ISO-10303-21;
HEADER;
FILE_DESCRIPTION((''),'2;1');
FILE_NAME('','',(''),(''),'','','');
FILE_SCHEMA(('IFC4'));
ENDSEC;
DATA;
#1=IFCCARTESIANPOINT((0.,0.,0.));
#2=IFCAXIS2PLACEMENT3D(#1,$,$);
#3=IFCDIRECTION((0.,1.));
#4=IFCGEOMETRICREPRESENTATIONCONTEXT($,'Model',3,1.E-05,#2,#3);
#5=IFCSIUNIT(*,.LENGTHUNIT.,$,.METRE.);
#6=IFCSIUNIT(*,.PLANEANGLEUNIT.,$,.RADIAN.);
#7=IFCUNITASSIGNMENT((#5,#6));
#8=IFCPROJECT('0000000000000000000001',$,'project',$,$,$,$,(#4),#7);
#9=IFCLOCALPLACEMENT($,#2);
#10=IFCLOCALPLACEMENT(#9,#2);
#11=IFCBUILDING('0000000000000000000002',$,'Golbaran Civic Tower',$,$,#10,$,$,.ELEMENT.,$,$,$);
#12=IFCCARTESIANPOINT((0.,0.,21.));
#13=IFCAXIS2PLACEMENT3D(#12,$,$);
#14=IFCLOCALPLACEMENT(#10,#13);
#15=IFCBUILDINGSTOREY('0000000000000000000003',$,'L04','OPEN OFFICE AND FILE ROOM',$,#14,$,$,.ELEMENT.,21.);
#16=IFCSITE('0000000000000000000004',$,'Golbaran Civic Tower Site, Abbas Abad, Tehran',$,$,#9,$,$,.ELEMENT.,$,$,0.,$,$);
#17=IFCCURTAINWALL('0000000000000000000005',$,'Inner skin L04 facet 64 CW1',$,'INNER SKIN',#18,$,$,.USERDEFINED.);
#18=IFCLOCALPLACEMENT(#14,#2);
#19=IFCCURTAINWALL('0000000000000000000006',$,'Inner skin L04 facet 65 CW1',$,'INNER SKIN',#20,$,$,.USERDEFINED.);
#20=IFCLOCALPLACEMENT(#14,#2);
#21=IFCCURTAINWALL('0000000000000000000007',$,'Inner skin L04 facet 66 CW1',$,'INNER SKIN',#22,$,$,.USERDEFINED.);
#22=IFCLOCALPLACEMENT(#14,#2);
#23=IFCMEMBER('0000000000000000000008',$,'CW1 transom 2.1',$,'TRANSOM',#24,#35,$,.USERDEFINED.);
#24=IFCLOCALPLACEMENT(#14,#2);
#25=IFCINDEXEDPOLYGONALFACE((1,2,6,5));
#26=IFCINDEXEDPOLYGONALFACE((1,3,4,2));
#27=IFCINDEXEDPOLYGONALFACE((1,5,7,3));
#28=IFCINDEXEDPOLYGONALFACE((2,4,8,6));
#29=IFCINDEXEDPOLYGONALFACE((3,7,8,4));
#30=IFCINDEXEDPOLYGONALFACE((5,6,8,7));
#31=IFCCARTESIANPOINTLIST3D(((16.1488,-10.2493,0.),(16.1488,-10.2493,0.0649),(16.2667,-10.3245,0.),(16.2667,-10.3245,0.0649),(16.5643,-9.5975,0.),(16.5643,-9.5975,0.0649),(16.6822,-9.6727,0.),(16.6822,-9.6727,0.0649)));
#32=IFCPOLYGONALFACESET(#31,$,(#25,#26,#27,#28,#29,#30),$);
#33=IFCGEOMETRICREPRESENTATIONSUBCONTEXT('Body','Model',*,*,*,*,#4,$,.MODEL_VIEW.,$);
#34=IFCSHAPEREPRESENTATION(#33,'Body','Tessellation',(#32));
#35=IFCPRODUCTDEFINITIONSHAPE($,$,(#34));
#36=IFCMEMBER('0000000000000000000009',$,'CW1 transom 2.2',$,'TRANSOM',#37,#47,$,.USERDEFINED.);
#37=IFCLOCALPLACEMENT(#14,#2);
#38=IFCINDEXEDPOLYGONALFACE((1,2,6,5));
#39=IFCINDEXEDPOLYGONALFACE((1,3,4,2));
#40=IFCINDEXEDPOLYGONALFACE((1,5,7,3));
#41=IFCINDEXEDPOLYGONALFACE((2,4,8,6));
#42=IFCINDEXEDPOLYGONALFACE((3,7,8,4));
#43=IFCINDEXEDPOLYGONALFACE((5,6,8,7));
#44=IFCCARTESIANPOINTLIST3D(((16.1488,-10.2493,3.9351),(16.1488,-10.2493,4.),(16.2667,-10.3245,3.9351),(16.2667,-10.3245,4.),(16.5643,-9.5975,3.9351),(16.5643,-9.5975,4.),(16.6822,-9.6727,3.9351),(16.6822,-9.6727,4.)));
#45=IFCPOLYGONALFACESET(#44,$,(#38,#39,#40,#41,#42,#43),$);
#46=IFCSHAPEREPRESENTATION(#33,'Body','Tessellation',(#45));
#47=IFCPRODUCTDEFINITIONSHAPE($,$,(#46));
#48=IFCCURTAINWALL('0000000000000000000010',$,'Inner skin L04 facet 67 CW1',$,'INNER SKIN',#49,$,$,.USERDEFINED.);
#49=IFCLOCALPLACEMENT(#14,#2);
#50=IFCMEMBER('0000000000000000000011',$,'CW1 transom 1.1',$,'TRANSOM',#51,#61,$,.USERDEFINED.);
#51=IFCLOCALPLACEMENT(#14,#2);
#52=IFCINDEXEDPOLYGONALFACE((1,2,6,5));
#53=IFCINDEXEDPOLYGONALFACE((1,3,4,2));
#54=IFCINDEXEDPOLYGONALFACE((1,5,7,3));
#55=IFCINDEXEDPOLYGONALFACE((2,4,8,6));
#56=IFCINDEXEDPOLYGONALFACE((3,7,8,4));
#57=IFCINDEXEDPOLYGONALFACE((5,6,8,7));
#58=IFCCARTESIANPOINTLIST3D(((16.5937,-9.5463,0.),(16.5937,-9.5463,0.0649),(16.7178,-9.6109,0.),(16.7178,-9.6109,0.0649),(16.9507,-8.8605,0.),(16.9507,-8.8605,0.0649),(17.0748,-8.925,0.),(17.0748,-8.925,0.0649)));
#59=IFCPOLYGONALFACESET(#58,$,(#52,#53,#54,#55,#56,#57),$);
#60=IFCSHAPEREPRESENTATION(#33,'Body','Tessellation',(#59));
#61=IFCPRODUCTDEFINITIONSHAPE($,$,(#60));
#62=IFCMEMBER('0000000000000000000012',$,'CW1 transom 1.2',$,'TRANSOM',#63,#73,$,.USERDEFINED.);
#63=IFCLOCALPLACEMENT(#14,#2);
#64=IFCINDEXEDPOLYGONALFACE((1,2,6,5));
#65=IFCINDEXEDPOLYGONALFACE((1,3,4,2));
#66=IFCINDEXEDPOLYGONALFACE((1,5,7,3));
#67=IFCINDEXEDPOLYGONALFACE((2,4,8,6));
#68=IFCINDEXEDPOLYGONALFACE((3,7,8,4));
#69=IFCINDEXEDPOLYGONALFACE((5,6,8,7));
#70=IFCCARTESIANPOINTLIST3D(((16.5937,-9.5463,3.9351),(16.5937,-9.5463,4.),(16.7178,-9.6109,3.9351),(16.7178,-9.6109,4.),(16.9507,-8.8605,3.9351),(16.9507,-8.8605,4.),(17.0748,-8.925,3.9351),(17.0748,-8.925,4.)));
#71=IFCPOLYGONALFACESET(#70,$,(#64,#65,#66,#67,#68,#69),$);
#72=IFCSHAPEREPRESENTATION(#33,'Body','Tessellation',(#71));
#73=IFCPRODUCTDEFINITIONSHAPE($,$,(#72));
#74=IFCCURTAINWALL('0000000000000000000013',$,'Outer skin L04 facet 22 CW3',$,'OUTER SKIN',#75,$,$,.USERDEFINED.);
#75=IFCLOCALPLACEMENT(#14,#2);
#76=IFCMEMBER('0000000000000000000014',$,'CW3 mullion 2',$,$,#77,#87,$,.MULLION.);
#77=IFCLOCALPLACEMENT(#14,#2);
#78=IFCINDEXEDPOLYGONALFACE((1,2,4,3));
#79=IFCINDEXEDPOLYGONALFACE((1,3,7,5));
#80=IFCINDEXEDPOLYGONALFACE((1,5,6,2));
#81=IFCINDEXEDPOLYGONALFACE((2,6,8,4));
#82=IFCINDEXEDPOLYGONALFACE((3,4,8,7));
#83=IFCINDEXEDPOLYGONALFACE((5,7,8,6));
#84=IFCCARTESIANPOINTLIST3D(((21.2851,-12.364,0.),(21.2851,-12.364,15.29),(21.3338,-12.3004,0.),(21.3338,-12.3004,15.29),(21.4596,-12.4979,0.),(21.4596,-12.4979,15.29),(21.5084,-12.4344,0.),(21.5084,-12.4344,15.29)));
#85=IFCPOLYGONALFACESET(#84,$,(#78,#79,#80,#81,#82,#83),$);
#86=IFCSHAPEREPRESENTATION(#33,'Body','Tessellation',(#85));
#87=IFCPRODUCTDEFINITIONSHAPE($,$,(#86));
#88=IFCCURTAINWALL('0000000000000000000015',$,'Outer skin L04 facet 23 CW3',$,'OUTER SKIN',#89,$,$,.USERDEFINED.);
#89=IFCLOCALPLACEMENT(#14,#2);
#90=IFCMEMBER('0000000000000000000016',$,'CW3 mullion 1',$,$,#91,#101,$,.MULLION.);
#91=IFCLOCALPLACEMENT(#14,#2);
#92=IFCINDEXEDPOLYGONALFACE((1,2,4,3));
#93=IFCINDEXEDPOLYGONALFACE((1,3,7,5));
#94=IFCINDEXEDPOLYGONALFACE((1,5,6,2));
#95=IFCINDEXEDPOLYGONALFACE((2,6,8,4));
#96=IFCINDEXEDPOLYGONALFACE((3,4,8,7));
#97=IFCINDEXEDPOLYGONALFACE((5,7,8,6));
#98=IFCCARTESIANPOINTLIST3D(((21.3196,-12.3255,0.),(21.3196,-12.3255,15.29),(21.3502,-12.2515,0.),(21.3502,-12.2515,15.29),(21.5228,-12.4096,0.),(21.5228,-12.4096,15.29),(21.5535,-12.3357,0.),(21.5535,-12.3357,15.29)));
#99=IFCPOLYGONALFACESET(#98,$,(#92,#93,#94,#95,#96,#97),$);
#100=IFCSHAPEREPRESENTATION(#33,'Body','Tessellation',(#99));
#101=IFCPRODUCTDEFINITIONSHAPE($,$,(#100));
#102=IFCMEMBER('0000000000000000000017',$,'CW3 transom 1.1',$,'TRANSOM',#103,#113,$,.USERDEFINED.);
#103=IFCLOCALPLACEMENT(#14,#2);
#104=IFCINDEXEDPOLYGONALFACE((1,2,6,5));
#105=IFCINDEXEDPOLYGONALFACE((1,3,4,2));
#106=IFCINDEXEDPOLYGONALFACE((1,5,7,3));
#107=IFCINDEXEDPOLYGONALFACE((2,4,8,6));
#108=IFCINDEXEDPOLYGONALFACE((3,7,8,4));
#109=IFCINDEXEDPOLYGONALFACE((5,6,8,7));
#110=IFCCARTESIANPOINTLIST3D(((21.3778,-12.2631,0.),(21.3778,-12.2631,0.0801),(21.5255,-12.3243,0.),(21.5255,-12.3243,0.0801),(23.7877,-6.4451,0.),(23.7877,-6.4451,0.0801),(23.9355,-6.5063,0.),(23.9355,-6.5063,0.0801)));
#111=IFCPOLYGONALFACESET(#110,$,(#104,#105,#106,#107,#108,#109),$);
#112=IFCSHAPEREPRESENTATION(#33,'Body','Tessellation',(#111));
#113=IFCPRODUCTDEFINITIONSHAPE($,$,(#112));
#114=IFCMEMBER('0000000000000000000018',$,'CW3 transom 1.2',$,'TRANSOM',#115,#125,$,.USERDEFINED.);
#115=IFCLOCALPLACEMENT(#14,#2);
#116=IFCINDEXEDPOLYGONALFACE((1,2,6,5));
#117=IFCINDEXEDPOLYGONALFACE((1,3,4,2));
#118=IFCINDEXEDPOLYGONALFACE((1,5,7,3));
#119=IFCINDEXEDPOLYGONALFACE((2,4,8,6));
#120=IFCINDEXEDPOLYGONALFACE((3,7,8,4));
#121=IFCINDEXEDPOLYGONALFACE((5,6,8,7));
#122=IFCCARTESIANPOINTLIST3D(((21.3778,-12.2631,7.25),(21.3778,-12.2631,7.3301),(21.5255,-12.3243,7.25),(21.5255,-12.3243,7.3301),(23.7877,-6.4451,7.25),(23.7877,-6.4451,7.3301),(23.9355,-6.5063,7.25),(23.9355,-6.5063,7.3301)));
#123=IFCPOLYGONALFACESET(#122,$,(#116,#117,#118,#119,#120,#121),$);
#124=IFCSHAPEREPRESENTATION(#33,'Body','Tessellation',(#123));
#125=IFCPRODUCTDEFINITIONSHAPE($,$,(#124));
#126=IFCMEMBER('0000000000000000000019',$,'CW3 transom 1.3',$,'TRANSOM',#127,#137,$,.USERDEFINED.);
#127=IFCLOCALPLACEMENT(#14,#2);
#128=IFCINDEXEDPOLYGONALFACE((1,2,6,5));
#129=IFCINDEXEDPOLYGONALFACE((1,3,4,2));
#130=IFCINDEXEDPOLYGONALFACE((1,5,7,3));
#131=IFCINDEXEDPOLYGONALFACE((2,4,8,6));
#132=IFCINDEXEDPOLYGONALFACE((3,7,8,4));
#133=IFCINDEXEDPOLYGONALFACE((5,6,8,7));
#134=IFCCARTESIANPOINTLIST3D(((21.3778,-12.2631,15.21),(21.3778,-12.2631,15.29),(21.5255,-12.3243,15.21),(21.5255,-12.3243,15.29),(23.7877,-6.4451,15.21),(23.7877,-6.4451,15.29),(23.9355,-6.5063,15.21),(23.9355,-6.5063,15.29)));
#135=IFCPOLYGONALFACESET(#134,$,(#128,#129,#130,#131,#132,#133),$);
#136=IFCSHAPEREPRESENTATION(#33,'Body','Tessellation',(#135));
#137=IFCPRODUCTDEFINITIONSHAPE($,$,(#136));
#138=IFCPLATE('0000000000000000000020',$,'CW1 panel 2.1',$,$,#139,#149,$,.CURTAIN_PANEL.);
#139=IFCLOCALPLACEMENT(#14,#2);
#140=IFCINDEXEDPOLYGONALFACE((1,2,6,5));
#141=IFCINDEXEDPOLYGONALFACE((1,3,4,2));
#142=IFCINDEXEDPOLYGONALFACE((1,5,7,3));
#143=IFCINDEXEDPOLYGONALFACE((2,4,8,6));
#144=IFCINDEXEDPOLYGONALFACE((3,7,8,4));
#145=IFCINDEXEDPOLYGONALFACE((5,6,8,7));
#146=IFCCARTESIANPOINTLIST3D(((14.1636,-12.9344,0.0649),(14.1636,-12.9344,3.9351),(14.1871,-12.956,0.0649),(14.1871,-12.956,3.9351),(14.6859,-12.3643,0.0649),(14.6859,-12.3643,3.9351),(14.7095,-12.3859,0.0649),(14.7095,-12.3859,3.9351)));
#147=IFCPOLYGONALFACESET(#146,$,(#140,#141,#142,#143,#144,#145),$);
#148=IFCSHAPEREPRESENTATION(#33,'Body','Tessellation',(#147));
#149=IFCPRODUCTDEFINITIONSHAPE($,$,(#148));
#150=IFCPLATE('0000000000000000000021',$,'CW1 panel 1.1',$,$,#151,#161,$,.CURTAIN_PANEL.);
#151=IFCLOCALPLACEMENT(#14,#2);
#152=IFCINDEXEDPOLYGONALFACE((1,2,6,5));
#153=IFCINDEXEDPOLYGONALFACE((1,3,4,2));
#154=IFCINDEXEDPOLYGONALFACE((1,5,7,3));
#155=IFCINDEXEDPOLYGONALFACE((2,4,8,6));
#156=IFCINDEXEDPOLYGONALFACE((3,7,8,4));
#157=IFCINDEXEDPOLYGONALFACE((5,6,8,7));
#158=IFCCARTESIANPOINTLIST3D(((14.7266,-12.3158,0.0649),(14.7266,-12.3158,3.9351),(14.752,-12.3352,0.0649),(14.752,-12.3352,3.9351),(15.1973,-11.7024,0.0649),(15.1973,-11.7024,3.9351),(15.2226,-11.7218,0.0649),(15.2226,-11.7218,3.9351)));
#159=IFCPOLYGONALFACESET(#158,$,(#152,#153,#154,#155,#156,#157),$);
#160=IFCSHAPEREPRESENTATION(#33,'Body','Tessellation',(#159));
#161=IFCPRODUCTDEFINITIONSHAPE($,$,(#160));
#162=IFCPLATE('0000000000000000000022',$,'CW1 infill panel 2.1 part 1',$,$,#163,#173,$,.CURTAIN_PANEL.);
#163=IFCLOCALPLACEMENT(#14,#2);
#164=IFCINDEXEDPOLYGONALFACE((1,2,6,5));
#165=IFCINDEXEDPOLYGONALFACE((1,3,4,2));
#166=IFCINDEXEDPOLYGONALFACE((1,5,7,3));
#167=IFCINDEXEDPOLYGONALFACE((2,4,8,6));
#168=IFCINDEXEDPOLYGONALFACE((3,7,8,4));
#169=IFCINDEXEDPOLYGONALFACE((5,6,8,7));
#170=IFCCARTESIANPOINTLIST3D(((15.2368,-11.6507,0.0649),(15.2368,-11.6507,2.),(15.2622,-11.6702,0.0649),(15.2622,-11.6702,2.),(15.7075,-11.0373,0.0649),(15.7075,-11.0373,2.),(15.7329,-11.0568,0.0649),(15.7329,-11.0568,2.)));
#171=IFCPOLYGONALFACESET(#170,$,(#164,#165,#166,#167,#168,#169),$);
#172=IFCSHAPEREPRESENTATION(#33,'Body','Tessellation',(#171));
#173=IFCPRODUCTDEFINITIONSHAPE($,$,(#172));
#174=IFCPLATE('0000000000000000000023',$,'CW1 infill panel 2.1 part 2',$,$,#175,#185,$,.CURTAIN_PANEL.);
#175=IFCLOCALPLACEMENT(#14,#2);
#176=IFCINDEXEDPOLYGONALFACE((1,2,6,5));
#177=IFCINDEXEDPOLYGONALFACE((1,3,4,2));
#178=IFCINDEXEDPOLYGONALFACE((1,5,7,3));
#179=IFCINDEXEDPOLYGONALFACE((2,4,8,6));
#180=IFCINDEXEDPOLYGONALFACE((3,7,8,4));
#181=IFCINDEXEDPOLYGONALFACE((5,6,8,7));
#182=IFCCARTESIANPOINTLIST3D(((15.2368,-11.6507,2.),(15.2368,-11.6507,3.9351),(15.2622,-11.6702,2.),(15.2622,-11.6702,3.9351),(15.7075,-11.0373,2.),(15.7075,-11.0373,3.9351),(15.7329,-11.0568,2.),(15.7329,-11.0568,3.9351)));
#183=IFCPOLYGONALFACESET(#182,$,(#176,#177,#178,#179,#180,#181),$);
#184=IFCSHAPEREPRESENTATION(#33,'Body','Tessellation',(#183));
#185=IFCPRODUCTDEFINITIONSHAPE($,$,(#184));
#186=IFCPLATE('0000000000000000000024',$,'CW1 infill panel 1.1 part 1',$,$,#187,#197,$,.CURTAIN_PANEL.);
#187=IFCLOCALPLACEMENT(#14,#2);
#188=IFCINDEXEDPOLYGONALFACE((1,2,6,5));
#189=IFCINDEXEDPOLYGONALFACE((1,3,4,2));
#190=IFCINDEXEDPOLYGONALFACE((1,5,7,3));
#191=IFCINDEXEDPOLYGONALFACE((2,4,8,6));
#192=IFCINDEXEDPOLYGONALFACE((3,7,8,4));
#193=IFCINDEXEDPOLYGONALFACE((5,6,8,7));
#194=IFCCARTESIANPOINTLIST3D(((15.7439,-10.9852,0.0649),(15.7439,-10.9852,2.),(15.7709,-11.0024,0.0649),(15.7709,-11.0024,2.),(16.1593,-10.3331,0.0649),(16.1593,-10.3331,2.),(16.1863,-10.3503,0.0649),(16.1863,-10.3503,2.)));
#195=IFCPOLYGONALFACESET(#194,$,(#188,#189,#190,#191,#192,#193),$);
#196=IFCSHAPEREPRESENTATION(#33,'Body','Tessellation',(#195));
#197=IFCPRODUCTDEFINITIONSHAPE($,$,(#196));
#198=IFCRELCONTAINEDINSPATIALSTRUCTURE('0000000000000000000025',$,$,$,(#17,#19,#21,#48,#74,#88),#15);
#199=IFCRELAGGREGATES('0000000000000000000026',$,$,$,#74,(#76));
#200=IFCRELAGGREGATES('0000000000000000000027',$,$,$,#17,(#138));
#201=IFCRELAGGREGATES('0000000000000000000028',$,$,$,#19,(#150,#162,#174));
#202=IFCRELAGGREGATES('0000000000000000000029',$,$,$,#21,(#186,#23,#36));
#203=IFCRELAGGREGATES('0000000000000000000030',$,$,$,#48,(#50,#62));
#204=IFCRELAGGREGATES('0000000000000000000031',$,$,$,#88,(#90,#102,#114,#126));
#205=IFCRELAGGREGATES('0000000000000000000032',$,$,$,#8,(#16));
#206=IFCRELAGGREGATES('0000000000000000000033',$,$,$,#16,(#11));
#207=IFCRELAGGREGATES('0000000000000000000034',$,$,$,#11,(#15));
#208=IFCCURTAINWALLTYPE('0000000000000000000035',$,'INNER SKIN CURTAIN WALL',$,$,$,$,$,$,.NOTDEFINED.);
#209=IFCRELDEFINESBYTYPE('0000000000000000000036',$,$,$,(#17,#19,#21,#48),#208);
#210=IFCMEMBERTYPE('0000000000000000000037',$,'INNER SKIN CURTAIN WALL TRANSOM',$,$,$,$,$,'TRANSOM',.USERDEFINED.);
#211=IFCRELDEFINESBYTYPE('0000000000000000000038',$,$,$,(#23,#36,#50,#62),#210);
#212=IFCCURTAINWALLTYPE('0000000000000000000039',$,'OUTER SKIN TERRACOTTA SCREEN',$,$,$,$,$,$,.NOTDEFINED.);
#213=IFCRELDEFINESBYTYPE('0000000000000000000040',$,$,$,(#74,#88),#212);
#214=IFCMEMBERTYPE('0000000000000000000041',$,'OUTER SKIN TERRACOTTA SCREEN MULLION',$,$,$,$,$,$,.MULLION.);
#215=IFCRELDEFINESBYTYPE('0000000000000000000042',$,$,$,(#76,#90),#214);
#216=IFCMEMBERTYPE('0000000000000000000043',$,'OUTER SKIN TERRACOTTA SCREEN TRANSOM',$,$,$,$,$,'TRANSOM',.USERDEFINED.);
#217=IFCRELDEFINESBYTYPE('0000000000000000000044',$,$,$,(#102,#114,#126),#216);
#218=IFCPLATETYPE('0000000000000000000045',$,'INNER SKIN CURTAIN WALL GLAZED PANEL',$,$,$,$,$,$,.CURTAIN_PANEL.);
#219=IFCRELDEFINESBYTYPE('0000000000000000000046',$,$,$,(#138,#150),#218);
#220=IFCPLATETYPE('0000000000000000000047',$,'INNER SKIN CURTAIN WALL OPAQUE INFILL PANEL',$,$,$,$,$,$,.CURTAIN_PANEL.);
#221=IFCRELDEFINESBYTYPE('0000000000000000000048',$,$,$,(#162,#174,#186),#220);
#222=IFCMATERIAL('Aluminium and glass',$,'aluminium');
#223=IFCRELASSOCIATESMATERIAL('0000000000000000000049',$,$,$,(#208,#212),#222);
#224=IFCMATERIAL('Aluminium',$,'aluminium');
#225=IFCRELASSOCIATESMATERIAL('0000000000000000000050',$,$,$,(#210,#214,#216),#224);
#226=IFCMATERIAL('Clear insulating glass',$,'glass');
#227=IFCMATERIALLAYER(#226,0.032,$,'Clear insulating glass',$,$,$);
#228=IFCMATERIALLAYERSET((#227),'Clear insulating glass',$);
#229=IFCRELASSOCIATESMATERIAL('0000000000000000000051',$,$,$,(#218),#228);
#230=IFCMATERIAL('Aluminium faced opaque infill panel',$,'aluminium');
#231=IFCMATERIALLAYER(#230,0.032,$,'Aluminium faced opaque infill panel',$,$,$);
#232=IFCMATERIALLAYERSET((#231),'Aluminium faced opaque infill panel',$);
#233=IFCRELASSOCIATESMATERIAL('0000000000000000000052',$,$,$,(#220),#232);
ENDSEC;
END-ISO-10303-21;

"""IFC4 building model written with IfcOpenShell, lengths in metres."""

from ifc_helpers import new_model, si_unit, direction, frame, origin, origin_2d, place, context, subcontext, project, spatial, rectangle, extrude, material, layer, layer_set, material_profile, profile_set, type_object, element, aggregate, save


model = new_model("IFC4")

# Units and contexts
model_context = context("Model", 3, precision=1e-05, world=origin(), true_north=direction((0.0, 1.0)))
body_context = subcontext(model_context, "Body", "Model", "MODEL_VIEW")
ifc_project = project(units=[si_unit("LENGTHUNIT", "METRE"), si_unit("PLANEANGLEUNIT", "RADIAN")], contexts=[model_context])

# Site, building, storey
site_placement = place(None, origin())
site = spatial("IfcSite", under=ifc_project, at=site_placement, Name="Golbaran Civic Tower Site, Abbas Abad, Tehran", CompositionType="ELEMENT", RefElevation=0.0)
building_placement = place(site_placement, origin())
building = spatial("IfcBuilding", under=site, at=building_placement, Name="Golbaran Civic Tower", CompositionType="ELEMENT")
storey_placement = place(building_placement, frame((0.0, 0.0, 21.0)))
storey = spatial("IfcBuildingStorey", under=building, at=storey_placement, Name="L04", Description="OPEN OFFICE AND FILE ROOM", CompositionType="ELEMENT", Elevation=21.0)

# Curtain wall
ifc_material_1 = material(Name="Aluminium and glass", Category="aluminium")
curtain_wall_type_1 = type_object("IfcCurtainWallType", Name="INNER SKIN CURTAIN WALL", PredefinedType="NOTDEFINED", material=ifc_material_1)
curtain_wall_1_placement = place(storey_placement, origin())
curtain_wall_1 = element("IfcCurtainWall", 1, at=curtain_wall_1_placement, inside=storey, type_object=curtain_wall_type_1, Name="Inner skin L04 facet 64 CW1", ObjectType="INNER SKIN", PredefinedType="USERDEFINED")
ifc_material_2 = material(Name="Aluminium", Category="aluminium")

# Curtain walls
curtain_wall_2_placement = place(storey_placement, origin())
curtain_wall_2 = element("IfcCurtainWall", 2, at=curtain_wall_2_placement, inside=storey, type_object=curtain_wall_type_1, Name="Inner skin L04 facet 65 CW1", ObjectType="INNER SKIN", PredefinedType="USERDEFINED")
curtain_wall_3_placement = place(storey_placement, origin())
curtain_wall_3 = element("IfcCurtainWall", 3, at=curtain_wall_3_placement, inside=storey, type_object=curtain_wall_type_1, Name="Inner skin L04 facet 66 CW1", ObjectType="INNER SKIN", PredefinedType="USERDEFINED")

# Members
ifc_material_profile_1 = material_profile(ifc_material_2, rectangle(XDim=0.1399, YDim=0.0649, at=origin_2d()), Name="INNER SKIN CURTAIN WALL TRANSOM")
ifc_profile_set_1 = profile_set([ifc_material_profile_1], Name="Aluminium")
member_type_1 = type_object("IfcMemberType", Name="INNER SKIN CURTAIN WALL TRANSOM", ElementType="TRANSOM", PredefinedType="USERDEFINED", material=ifc_profile_set_1)
member_1_placement = place(storey_placement, frame((16.2078, -10.2869, 0.0325), z_axis=(0.537529, 0.843245, 0.0), x_axis=(-0.843245, 0.537529, 0.0)))
member_1 = element("IfcMember", 4, at=member_1_placement, type_object=member_type_1, Name="CW1 transom 2.1", ObjectType="TRANSOM", PredefinedType="USERDEFINED", context=body_context, shape_type="SweptSolid", body=[
    extrude(rectangle(XDim=0.1399, YDim=0.0649, at=origin_2d()), origin(), (0.0, 0.0, 1.0), 0.7729),
])
member_2_placement = place(storey_placement, frame((16.2078, -10.2869, 3.9675), z_axis=(0.537529, 0.843245, 0.0), x_axis=(-0.843245, 0.537529, 0.0)))
member_2 = element("IfcMember", 5, at=member_2_placement, type_object=member_type_1, Name="CW1 transom 2.2", ObjectType="TRANSOM", PredefinedType="USERDEFINED", context=body_context, shape_type="SweptSolid", body=[
    extrude(rectangle(XDim=0.1399, YDim=0.0649, at=origin_2d()), origin(), (0.0, 0.0, 1.0), 0.7729),
])

# Curtain wall, members
curtain_wall_4_placement = place(storey_placement, origin())
curtain_wall_4 = element("IfcCurtainWall", 6, at=curtain_wall_4_placement, inside=storey, type_object=curtain_wall_type_1, Name="Inner skin L04 facet 67 CW1", ObjectType="INNER SKIN", PredefinedType="USERDEFINED")
member_3_placement = place(storey_placement, frame((16.6558, -9.5786, 0.0325), z_axis=(0.461681, 0.887046, 0.0), x_axis=(-0.887046, 0.461681, 0.0)))
member_3 = element("IfcMember", 7, at=member_3_placement, type_object=member_type_1, Name="CW1 transom 1.1", ObjectType="TRANSOM", PredefinedType="USERDEFINED", context=body_context, shape_type="SweptSolid", body=[
    extrude(rectangle(XDim=0.1399, YDim=0.0649, at=origin_2d()), origin(), (0.0, 0.0, 1.0), 0.7732),
])
member_4_placement = place(storey_placement, frame((16.6558, -9.5786, 3.9675), z_axis=(0.461681, 0.887046, 0.0), x_axis=(-0.887046, 0.461681, 0.0)))
member_4 = element("IfcMember", 8, at=member_4_placement, type_object=member_type_1, Name="CW1 transom 1.2", ObjectType="TRANSOM", PredefinedType="USERDEFINED", context=body_context, shape_type="SweptSolid", body=[
    extrude(rectangle(XDim=0.1399, YDim=0.0649, at=origin_2d()), origin(), (0.0, 0.0, 1.0), 0.7732),
])

# Curtain wall, member
curtain_wall_type_2 = type_object("IfcCurtainWallType", Name="OUTER SKIN TERRACOTTA SCREEN", PredefinedType="NOTDEFINED", material=ifc_material_1)
curtain_wall_5_placement = place(storey_placement, origin())
curtain_wall_5 = element("IfcCurtainWall", 9, at=curtain_wall_5_placement, inside=storey, type_object=curtain_wall_type_2, Name="Outer skin L04 facet 22 CW3", ObjectType="OUTER SKIN", PredefinedType="USERDEFINED")
ifc_material_profile_2 = material_profile(ifc_material_2, rectangle(XDim=0.22, YDim=0.0801, at=origin_2d()), Name="OUTER SKIN TERRACOTTA SCREEN MULLION")
ifc_profile_set_2 = profile_set([ifc_material_profile_2], Name="Aluminium")
member_type_2 = type_object("IfcMemberType", Name="OUTER SKIN TERRACOTTA SCREEN MULLION", PredefinedType="MULLION", material=ifc_profile_set_2)
member_5_placement = place(storey_placement, frame((21.3967, -12.3992, 0.0), z_axis=(0.0, 0.0, 1.0), x_axis=(-0.793353, 0.608761, 0.0)))
member_5 = element("IfcMember", 10, at=member_5_placement, type_object=member_type_2, Name="CW3 mullion 2", PredefinedType="MULLION", context=body_context, shape_type="SweptSolid", body=[
    extrude(rectangle(XDim=0.22, YDim=0.0801, at=origin_2d()), origin(), (0.0, 0.0, 1.0), 15.29),
])
aggregate(curtain_wall_5, [member_5])

# Curtain wall, members
curtain_wall_6_placement = place(storey_placement, origin())
curtain_wall_6 = element("IfcCurtainWall", 11, at=curtain_wall_6_placement, inside=storey, type_object=curtain_wall_type_2, Name="Outer skin L04 facet 23 CW3", ObjectType="OUTER SKIN", PredefinedType="USERDEFINED")
member_6_placement = place(storey_placement, frame((21.4365, -12.3306, 0.0), z_axis=(0.0, 0.0, 1.0), x_axis=(-0.92388, 0.382683, 0.0)))
member_6 = element("IfcMember", 12, at=member_6_placement, type_object=member_type_2, Name="CW3 mullion 1", PredefinedType="MULLION", context=body_context, shape_type="SweptSolid", body=[
    extrude(rectangle(XDim=0.22, YDim=0.0801, at=origin_2d()), origin(), (0.0, 0.0, 1.0), 15.29),
])
ifc_material_profile_3 = material_profile(ifc_material_2, rectangle(XDim=0.1599, YDim=0.0801, at=origin_2d()), Name="OUTER SKIN TERRACOTTA SCREEN TRANSOM")
ifc_profile_set_3 = profile_set([ifc_material_profile_3], Name="Aluminium")
member_type_3 = type_object("IfcMemberType", Name="OUTER SKIN TERRACOTTA SCREEN TRANSOM", ElementType="TRANSOM", PredefinedType="USERDEFINED", material=ifc_profile_set_3)
member_7_placement = place(storey_placement, frame((21.4517, -12.2937, 0.04), z_axis=(0.382693, 0.923876, 0.0), x_axis=(-0.923876, 0.382693, 0.0)))
member_7 = element("IfcMember", 13, at=member_7_placement, type_object=member_type_3, Name="CW3 transom 1.1", ObjectType="TRANSOM", PredefinedType="USERDEFINED", context=body_context, shape_type="SweptSolid", body=[
    extrude(rectangle(XDim=0.1599, YDim=0.0801, at=origin_2d()), origin(), (0.0, 0.0, 1.0), 6.2974),
])
member_8_placement = place(storey_placement, frame((21.4517, -12.2937, 7.29), z_axis=(0.382693, 0.923876, 0.0), x_axis=(-0.923876, 0.382693, 0.0)))
member_8 = element("IfcMember", 14, at=member_8_placement, type_object=member_type_3, Name="CW3 transom 1.2", ObjectType="TRANSOM", PredefinedType="USERDEFINED", context=body_context, shape_type="SweptSolid", body=[
    extrude(rectangle(XDim=0.1599, YDim=0.0801, at=origin_2d()), origin(), (0.0, 0.0, 1.0), 6.2974),
])
member_9_placement = place(storey_placement, frame((21.4517, -12.2937, 15.25), z_axis=(0.382693, 0.923876, 0.0), x_axis=(-0.923876, 0.382693, 0.0)))
member_9 = element("IfcMember", 15, at=member_9_placement, type_object=member_type_3, Name="CW3 transom 1.3", ObjectType="TRANSOM", PredefinedType="USERDEFINED", context=body_context, shape_type="SweptSolid", body=[
    extrude(rectangle(XDim=0.1599, YDim=0.0801, at=origin_2d()), origin(), (0.0, 0.0, 1.0), 6.2974),
])

# Plates
ifc_material_3 = material(Name="Clear insulating glass", Category="glass")
ifc_layer_1 = layer(ifc_material_3, 0.032, Name="Clear insulating glass")
ifc_layer_set_1 = layer_set([ifc_layer_1], Name="Clear insulating glass")
plate_type_1 = type_object("IfcPlateType", Name="INNER SKIN CURTAIN WALL GLAZED PANEL", PredefinedType="CURTAIN_PANEL", material=ifc_layer_set_1)
plate_1_placement = place(storey_placement, frame((14.4365, -12.6602, 0.0649), z_axis=(0.0, 0.0, 1.0), x_axis=(0.67559, 0.737277, 0.0)))
plate_1 = element("IfcPlate", 16, at=plate_1_placement, type_object=plate_type_1, Name="CW1 panel 2.1", PredefinedType="CURTAIN_PANEL", context=body_context, shape_type="SweptSolid", body=[
    extrude(rectangle(XDim=0.7732, YDim=0.032, at=origin_2d()), origin(), (0.0, 0.0, 1.0), 3.8701),
])
aggregate(curtain_wall_1, [plate_1])
plate_2_placement = place(storey_placement, frame((14.9746, -12.0188, 0.0649), z_axis=(0.0, 0.0, 1.0), x_axis=(0.608761, 0.793353, 0.0)))
plate_2 = element("IfcPlate", 17, at=plate_2_placement, type_object=plate_type_1, Name="CW1 panel 1.1", PredefinedType="CURTAIN_PANEL", context=body_context, shape_type="SweptSolid", body=[
    extrude(rectangle(XDim=0.7732, YDim=0.032, at=origin_2d()), origin(), (0.0, 0.0, 1.0), 3.8701),
])
ifc_material_4 = material(Name="Aluminium faced opaque infill panel", Category="aluminium")
ifc_layer_2 = layer(ifc_material_4, 0.032, Name="Aluminium faced opaque infill panel")
ifc_layer_set_2 = layer_set([ifc_layer_2], Name="Aluminium faced opaque infill panel")
plate_type_2 = type_object("IfcPlateType", Name="INNER SKIN CURTAIN WALL OPAQUE INFILL PANEL", PredefinedType="CURTAIN_PANEL", material=ifc_layer_set_2)
plate_3_placement = place(storey_placement, frame((15.4849, -11.3538, 0.0649), z_axis=(0.0, 0.0, 1.0), x_axis=(0.608761, 0.793353, 0.0)))
plate_3 = element("IfcPlate", 18, at=plate_3_placement, type_object=plate_type_2, Name="CW1 infill panel 2.1 part 1", PredefinedType="CURTAIN_PANEL", context=body_context, shape_type="SweptSolid", body=[
    extrude(rectangle(XDim=0.7732, YDim=0.032, at=origin_2d()), origin(), (0.0, 0.0, 1.0), 1.9351),
])
plate_4_placement = place(storey_placement, frame((15.4849, -11.3538, 2.0), z_axis=(0.0, 0.0, 1.0), x_axis=(0.608761, 0.793353, 0.0)))
plate_4 = element("IfcPlate", 19, at=plate_4_placement, type_object=plate_type_2, Name="CW1 infill panel 2.1 part 2", PredefinedType="CURTAIN_PANEL", context=body_context, shape_type="SweptSolid", body=[
    extrude(rectangle(XDim=0.7732, YDim=0.032, at=origin_2d()), origin(), (0.0, 0.0, 1.0), 1.9351),
])
aggregate(curtain_wall_2, [plate_2, plate_3, plate_4])
plate_5_placement = place(storey_placement, frame((15.9651, -10.6677, 0.0649), z_axis=(0.0, 0.0, 1.0), x_axis=(0.5373, 0.843391, 0.0)))
plate_5 = element("IfcPlate", 20, at=plate_5_placement, type_object=plate_type_2, Name="CW1 infill panel 1.1 part 1", PredefinedType="CURTAIN_PANEL", context=body_context, shape_type="SweptSolid", body=[
    extrude(rectangle(XDim=0.7732, YDim=0.032, at=origin_2d()), origin(), (0.0, 0.0, 1.0), 1.9351),
])
aggregate(curtain_wall_3, [plate_5, member_1, member_2])
aggregate(curtain_wall_4, [member_3, member_4])
aggregate(curtain_wall_6, [member_6, member_7, member_8, member_9])

save(model, "model.ifc")
